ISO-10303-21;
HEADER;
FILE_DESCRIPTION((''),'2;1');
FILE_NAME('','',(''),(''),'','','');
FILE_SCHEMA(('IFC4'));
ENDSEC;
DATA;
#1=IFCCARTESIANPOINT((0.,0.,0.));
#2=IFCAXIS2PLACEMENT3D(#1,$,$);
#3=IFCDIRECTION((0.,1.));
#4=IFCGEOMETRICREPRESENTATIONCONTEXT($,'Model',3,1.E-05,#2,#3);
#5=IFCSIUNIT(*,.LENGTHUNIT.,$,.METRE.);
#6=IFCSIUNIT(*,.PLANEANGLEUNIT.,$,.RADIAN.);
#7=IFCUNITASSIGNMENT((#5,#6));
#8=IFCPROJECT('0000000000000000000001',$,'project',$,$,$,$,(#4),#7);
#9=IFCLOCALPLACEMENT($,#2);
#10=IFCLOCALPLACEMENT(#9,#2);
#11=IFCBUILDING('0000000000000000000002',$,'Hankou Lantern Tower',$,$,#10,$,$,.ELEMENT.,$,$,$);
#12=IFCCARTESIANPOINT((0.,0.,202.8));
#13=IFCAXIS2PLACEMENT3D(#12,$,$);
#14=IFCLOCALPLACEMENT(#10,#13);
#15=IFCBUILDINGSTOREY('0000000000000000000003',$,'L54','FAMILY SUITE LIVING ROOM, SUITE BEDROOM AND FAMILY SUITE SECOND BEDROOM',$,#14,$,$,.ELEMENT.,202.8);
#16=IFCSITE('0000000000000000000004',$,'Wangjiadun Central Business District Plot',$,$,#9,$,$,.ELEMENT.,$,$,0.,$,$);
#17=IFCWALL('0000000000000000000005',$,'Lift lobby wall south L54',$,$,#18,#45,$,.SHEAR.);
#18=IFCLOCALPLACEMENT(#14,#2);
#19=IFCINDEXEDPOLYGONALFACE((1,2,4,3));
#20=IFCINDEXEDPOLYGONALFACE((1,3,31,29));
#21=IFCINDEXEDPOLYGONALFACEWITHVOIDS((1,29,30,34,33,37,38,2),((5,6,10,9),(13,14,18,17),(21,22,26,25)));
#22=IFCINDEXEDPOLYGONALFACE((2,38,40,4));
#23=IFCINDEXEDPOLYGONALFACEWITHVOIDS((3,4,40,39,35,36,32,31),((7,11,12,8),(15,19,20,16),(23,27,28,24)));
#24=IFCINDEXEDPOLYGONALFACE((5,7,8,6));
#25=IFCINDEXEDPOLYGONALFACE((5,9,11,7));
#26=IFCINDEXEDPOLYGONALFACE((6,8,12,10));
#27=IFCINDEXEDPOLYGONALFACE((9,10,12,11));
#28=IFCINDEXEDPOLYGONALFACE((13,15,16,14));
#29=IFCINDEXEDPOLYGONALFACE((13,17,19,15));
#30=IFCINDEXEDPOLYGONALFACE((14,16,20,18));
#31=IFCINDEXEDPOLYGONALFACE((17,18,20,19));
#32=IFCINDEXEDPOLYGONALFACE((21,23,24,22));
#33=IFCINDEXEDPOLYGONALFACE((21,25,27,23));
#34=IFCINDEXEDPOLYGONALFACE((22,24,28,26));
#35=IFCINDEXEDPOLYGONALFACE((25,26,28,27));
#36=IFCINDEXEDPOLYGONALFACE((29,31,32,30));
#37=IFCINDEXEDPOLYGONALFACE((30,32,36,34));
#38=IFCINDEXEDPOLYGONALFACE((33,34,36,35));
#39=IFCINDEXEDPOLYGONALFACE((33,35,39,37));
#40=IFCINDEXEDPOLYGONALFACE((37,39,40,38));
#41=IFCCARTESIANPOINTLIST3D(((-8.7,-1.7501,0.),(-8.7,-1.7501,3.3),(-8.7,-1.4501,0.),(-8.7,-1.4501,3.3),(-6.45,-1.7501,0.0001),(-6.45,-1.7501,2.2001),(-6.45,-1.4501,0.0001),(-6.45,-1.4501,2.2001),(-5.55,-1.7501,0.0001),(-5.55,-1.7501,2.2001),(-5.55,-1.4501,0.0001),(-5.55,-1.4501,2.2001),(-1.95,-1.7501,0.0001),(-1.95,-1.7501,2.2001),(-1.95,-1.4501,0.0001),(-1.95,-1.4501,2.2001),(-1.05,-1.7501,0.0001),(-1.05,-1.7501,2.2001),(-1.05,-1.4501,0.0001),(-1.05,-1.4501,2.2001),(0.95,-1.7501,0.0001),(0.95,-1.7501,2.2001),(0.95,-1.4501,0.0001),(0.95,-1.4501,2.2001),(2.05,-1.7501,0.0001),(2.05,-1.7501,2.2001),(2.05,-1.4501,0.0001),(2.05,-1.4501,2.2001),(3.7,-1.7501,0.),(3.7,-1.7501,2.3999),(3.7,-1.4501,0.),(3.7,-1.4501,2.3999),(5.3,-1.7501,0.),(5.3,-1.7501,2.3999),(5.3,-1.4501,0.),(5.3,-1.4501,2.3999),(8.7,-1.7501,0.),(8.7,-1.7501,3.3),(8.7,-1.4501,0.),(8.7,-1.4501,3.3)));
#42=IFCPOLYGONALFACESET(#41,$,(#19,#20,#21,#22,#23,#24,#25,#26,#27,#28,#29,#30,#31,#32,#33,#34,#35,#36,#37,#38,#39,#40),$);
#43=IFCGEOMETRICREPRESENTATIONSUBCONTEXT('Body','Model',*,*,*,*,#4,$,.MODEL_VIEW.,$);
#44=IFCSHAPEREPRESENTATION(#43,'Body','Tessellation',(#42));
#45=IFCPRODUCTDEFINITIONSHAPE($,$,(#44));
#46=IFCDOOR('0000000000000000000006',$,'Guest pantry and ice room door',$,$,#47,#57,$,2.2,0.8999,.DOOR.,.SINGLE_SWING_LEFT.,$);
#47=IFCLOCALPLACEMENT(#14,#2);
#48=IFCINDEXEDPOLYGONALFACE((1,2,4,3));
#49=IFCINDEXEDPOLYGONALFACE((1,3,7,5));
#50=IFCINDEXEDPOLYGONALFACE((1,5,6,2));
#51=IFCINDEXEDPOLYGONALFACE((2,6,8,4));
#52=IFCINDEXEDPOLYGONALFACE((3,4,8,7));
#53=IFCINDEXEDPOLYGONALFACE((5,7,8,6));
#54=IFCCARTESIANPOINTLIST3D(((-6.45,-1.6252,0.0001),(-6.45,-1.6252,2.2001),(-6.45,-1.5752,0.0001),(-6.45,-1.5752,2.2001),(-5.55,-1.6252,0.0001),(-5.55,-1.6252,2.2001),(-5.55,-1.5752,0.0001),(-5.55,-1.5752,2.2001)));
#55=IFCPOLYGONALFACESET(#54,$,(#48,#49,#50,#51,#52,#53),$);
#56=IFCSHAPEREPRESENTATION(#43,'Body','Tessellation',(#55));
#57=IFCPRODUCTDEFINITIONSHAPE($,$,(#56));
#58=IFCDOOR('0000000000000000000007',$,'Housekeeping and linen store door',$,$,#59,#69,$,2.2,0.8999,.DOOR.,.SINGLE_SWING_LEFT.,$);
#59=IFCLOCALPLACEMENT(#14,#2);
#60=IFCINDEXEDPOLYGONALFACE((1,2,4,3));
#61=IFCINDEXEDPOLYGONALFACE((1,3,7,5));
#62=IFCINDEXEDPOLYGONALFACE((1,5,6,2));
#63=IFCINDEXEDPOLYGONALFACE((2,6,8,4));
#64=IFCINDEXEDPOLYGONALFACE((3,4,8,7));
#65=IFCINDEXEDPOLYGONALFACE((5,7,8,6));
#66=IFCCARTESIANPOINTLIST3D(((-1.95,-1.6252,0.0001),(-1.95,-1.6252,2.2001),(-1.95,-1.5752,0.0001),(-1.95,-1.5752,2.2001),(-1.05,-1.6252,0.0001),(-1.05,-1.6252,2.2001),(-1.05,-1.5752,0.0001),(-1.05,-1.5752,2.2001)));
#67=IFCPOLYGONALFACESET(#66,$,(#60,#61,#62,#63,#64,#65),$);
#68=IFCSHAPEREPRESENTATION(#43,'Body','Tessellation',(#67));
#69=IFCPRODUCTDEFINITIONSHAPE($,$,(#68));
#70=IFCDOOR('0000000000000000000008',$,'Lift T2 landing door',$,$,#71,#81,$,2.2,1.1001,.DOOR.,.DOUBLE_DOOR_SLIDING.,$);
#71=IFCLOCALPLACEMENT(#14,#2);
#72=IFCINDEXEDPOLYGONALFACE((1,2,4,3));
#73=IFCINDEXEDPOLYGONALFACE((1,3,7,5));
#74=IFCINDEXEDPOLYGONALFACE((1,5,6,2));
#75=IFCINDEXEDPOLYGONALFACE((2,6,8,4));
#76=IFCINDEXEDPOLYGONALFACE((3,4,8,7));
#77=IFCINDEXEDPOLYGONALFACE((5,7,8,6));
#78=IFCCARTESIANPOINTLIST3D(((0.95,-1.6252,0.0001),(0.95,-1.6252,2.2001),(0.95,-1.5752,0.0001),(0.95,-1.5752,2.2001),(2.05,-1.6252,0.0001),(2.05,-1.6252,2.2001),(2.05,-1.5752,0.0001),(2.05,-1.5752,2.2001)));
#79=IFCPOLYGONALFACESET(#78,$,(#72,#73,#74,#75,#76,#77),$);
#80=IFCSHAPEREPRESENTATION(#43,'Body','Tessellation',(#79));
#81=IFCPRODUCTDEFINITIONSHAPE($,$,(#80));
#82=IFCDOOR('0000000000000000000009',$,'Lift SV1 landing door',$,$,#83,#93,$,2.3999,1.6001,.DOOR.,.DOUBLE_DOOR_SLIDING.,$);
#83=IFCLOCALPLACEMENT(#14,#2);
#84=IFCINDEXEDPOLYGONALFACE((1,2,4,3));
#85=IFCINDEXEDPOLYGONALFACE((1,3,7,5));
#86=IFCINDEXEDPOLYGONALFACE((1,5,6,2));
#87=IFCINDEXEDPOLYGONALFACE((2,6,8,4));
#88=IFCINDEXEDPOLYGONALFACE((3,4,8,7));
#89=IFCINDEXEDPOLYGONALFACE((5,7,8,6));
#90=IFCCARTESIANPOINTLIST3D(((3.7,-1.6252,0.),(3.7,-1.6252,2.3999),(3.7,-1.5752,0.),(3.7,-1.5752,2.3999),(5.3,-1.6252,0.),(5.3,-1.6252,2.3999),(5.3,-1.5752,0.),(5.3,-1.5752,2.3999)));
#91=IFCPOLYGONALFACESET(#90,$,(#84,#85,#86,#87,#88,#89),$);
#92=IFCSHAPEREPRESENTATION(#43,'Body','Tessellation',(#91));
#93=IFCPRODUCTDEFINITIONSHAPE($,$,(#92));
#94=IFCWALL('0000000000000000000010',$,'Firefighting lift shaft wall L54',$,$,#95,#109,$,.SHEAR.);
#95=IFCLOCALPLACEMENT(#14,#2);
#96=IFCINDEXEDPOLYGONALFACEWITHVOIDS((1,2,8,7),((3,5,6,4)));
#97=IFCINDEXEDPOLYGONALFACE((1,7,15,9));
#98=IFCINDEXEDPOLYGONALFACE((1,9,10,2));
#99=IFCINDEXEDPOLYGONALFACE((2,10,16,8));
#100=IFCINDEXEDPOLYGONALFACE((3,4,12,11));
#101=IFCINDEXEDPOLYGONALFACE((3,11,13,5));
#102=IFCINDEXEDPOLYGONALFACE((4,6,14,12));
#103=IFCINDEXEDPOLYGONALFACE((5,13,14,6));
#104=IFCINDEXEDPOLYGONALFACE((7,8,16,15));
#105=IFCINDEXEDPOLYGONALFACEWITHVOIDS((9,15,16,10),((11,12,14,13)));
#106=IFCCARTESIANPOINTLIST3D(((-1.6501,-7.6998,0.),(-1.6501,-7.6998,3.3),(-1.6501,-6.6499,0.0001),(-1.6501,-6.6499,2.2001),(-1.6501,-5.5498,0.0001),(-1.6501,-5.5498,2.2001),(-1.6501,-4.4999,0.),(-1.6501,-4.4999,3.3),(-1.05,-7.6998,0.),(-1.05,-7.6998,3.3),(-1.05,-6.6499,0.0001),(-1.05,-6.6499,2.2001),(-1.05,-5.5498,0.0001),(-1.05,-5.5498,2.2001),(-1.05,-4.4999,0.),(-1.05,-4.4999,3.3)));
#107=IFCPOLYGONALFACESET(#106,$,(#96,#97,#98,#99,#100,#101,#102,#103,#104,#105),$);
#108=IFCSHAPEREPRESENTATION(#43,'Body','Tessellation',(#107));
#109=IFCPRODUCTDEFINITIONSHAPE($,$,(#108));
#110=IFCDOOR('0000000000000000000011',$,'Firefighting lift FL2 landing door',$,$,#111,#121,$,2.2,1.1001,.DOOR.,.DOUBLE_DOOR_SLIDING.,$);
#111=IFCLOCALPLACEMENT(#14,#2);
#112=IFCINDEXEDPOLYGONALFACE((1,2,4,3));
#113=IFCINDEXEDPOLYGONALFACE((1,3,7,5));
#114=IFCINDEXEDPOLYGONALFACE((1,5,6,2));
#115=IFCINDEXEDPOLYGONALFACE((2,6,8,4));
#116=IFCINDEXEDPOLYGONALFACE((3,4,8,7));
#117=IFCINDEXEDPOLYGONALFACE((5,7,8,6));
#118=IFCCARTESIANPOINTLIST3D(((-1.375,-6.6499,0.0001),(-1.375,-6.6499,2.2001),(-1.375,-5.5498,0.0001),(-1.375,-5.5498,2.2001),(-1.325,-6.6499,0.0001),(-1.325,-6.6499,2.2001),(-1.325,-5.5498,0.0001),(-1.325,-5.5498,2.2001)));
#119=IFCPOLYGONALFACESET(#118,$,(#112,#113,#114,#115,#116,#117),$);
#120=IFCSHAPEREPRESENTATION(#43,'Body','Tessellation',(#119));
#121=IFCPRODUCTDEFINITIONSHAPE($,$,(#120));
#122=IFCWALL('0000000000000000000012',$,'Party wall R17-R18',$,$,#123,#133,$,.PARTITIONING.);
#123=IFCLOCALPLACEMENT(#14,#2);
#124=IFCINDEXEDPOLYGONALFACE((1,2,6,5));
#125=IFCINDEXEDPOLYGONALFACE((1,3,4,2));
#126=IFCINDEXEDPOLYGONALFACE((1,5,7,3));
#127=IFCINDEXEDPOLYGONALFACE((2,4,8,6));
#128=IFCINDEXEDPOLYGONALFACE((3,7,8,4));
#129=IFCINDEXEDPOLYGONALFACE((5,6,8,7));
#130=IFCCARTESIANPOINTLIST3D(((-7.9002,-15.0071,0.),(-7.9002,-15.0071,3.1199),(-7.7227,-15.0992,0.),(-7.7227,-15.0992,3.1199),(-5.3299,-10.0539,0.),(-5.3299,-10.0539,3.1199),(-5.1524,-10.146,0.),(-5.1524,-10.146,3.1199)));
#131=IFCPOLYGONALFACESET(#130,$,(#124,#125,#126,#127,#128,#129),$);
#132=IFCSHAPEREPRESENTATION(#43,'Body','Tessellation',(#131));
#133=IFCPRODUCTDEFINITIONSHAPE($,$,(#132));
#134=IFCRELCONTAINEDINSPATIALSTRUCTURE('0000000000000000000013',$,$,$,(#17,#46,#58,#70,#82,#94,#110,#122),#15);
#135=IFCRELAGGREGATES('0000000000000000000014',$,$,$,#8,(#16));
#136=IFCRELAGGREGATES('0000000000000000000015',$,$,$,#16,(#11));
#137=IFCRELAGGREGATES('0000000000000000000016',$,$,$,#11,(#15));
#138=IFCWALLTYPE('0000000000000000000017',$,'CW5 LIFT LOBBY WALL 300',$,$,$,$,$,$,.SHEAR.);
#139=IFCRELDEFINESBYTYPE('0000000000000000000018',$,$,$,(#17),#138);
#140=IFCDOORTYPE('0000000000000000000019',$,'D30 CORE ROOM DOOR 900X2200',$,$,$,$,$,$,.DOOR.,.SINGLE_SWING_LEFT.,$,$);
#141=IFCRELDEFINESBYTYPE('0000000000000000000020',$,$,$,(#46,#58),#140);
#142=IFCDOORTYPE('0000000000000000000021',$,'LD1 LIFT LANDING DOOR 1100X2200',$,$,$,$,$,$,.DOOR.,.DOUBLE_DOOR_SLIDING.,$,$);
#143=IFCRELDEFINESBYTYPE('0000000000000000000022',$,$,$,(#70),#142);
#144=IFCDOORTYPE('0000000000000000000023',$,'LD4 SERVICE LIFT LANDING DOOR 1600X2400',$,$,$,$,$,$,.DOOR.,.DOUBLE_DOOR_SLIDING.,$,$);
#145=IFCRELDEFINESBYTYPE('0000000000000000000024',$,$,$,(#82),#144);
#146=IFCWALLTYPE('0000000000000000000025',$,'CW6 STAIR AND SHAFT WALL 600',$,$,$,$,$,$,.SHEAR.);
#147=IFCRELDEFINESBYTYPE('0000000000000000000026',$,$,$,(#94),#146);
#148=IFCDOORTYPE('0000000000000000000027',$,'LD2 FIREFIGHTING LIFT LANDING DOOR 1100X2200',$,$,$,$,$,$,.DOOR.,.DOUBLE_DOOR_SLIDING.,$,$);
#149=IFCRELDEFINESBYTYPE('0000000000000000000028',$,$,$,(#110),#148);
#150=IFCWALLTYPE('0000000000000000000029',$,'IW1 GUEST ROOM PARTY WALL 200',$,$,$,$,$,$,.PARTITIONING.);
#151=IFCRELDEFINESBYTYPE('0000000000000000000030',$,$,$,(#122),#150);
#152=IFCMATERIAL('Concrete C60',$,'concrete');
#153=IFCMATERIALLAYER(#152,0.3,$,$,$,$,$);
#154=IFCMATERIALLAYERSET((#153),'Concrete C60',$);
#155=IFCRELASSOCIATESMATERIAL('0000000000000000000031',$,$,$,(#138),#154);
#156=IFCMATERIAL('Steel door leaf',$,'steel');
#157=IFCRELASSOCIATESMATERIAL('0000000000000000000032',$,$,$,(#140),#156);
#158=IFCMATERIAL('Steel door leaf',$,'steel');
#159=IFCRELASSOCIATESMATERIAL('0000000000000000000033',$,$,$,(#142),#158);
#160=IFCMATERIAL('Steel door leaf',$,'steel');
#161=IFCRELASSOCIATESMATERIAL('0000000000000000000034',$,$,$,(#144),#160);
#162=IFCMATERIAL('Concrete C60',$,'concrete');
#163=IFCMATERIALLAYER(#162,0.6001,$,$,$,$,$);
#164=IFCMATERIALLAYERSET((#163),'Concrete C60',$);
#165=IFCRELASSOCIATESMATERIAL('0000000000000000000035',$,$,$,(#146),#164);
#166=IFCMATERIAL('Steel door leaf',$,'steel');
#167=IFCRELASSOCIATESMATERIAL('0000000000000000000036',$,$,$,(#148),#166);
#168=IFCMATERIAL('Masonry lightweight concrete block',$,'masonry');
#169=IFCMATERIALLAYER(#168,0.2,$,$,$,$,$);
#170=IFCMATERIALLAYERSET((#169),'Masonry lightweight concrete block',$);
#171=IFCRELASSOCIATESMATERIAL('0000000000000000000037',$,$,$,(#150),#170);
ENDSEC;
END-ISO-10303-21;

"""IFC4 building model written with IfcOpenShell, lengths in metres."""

from ifc_helpers import new_model, si_unit, direction, frame, frame_2d, origin, place, context, subcontext, project, spatial, rectangle, extrude, material, layer, layer_set, type_object, element, fill, save


model = new_model("IFC4")

# Units and contexts
model_context = context("Model", 3, precision=1e-05, world=origin(), true_north=direction((0.0, 1.0)))
body_context = subcontext(model_context, "Body", "Model", "MODEL_VIEW")
ifc_project = project(units=[si_unit("LENGTHUNIT", "METRE"), si_unit("PLANEANGLEUNIT", "RADIAN")], contexts=[model_context])

# Site, building, storey
site_placement = place(None, origin())
site = spatial("IfcSite", under=ifc_project, at=site_placement, Name="Wangjiadun Central Business District Plot", CompositionType="ELEMENT", RefElevation=0.0)
building_placement = place(site_placement, origin())
building = spatial("IfcBuilding", under=site, at=building_placement, Name="Hankou Lantern Tower", CompositionType="ELEMENT")
storey_placement = place(building_placement, frame((0.0, 0.0, 202.8)))
storey = spatial("IfcBuildingStorey", under=building, at=storey_placement, Name="L54", Description="FAMILY SUITE LIVING ROOM, SUITE BEDROOM AND FAMILY SUITE SECOND BEDROOM", CompositionType="ELEMENT", Elevation=202.8)

# Wall, openings, doors
ifc_material_1 = material(Name="Concrete C60", Category="concrete")
ifc_layer_1 = layer(ifc_material_1, 0.3)
ifc_layer_set_1 = layer_set([ifc_layer_1], Name="Concrete C60")
wall_type_1 = type_object("IfcWallType", Name="CW5 LIFT LOBBY WALL 300", PredefinedType="SHEAR", material=ifc_layer_set_1)
wall_1_placement = place(storey_placement, frame((-8.7, -1.6001, 0.0), z_axis=(0.0, 0.0, 1.0), x_axis=(1.0, 0.0, 0.0)))
wall_1 = element("IfcWall", 1, at=wall_1_placement, inside=storey, type_object=wall_type_1, Name="Lift lobby wall south L54", PredefinedType="SHEAR", context=body_context, shape_type="SweptSolid", body=[
    extrude(rectangle(XDim=17.3999, YDim=0.3, at=frame_2d((8.7, 0.0))), origin(), (0.0, 0.0, 1.0), 3.3),
])
opening_1_placement = place(wall_1_placement, frame((9.6499, 0.0, 0.0)))
opening_1 = element("IfcOpeningElement", 2, at=opening_1_placement, cuts=wall_1, PredefinedType="OPENING", context=body_context, shape_type="SweptSolid", body=[
    extrude(rectangle(XDim=1.1001, YDim=2.2, at=frame_2d((0.55, 1.1001))), frame((0.0, 0.1599, 0.0), z_axis=(0.0, -1.0, 0.0), x_axis=(1.0, 0.0, 0.0)), (0.0, 0.0, 1.0), 0.3201),
])
opening_2_placement = place(wall_1_placement, frame((12.3999, 0.0, 0.0)))
opening_2 = element("IfcOpeningElement", 3, at=opening_2_placement, cuts=wall_1, PredefinedType="OPENING", context=body_context, shape_type="SweptSolid", body=[
    extrude(rectangle(XDim=1.6001, YDim=2.3999, at=frame_2d((0.8, 1.2))), frame((0.0, 0.1599, 0.0), z_axis=(0.0, -1.0, 0.0), x_axis=(1.0, 0.0, 0.0)), (0.0, 0.0, 1.0), 0.3201),
])
opening_3_placement = place(wall_1_placement, frame((2.25, 0.0, 0.0)))
opening_3 = element("IfcOpeningElement", 4, at=opening_3_placement, cuts=wall_1, PredefinedType="OPENING", context=body_context, shape_type="SweptSolid", body=[
    extrude(rectangle(XDim=0.8999, YDim=2.2, at=frame_2d((0.45, 1.1001))), frame((0.0, 0.1599, 0.0), z_axis=(0.0, -1.0, 0.0), x_axis=(1.0, 0.0, 0.0)), (0.0, 0.0, 1.0), 0.3201),
])
opening_4_placement = place(wall_1_placement, frame((6.75, 0.0, 0.0)))
opening_4 = element("IfcOpeningElement", 5, at=opening_4_placement, cuts=wall_1, PredefinedType="OPENING", context=body_context, shape_type="SweptSolid", body=[
    extrude(rectangle(XDim=0.8999, YDim=2.2, at=frame_2d((0.45, 1.1001))), frame((0.0, 0.1599, 0.0), z_axis=(0.0, -1.0, 0.0), x_axis=(1.0, 0.0, 0.0)), (0.0, 0.0, 1.0), 0.3201),
])
ifc_material_2 = material(Name="Steel door leaf", Category="steel")
door_type_1 = type_object("IfcDoorType", Name="D30 CORE ROOM DOOR 900X2200", OperationType="SINGLE_SWING_LEFT", PredefinedType="DOOR", material=ifc_material_2)
door_1_placement = place(opening_3_placement, origin())
door_1 = element("IfcDoor", 6, at=door_1_placement, inside=storey, type_object=door_type_1, Name="Guest pantry and ice room door", OperationType="SINGLE_SWING_LEFT", OverallHeight=2.2, OverallWidth=0.8999, PredefinedType="DOOR", context=body_context, shape_type="SweptSolid", body=[
    extrude(rectangle(XDim=0.8999, YDim=2.2, at=frame_2d((0.45, 1.1001))), frame((0.0, 0.0249, 0.0), z_axis=(0.0, -1.0, 0.0), x_axis=(1.0, 0.0, 0.0)), (0.0, 0.0, 1.0), 0.05),
])
fill(opening_3, door_1)
door_2_placement = place(opening_4_placement, origin())
door_2 = element("IfcDoor", 7, at=door_2_placement, inside=storey, type_object=door_type_1, Name="Housekeeping and linen store door", OperationType="SINGLE_SWING_LEFT", OverallHeight=2.2, OverallWidth=0.8999, PredefinedType="DOOR", context=body_context, shape_type="SweptSolid", body=[
    extrude(rectangle(XDim=0.8999, YDim=2.2, at=frame_2d((0.45, 1.1001))), frame((0.0, 0.0249, 0.0), z_axis=(0.0, -1.0, 0.0), x_axis=(1.0, 0.0, 0.0)), (0.0, 0.0, 1.0), 0.05),
])
fill(opening_4, door_2)
ifc_material_3 = material(Name="Steel door leaf", Category="steel")
door_type_2 = type_object("IfcDoorType", Name="LD1 LIFT LANDING DOOR 1100X2200", OperationType="DOUBLE_DOOR_SLIDING", PredefinedType="DOOR", material=ifc_material_3)
door_3_placement = place(opening_1_placement, origin())
door_3 = element("IfcDoor", 8, at=door_3_placement, inside=storey, type_object=door_type_2, Name="Lift T2 landing door", OperationType="DOUBLE_DOOR_SLIDING", OverallHeight=2.2, OverallWidth=1.1001, PredefinedType="DOOR", context=body_context, shape_type="SweptSolid", body=[
    extrude(rectangle(XDim=1.1001, YDim=2.2, at=frame_2d((0.55, 1.1001))), frame((0.0, 0.0249, 0.0), z_axis=(0.0, -1.0, 0.0), x_axis=(1.0, 0.0, 0.0)), (0.0, 0.0, 1.0), 0.05),
])
fill(opening_1, door_3)
ifc_material_4 = material(Name="Steel door leaf", Category="steel")
door_type_3 = type_object("IfcDoorType", Name="LD4 SERVICE LIFT LANDING DOOR 1600X2400", OperationType="DOUBLE_DOOR_SLIDING", PredefinedType="DOOR", material=ifc_material_4)
door_4_placement = place(opening_2_placement, origin())
door_4 = element("IfcDoor", 9, at=door_4_placement, inside=storey, type_object=door_type_3, Name="Lift SV1 landing door", OperationType="DOUBLE_DOOR_SLIDING", OverallHeight=2.3999, OverallWidth=1.6001, PredefinedType="DOOR", context=body_context, shape_type="SweptSolid", body=[
    extrude(rectangle(XDim=1.6001, YDim=2.3999, at=frame_2d((0.8, 1.2))), frame((0.0, 0.0249, 0.0), z_axis=(0.0, -1.0, 0.0), x_axis=(1.0, 0.0, 0.0)), (0.0, 0.0, 1.0), 0.05),
])
fill(opening_2, door_4)

# Wall, opening, door
ifc_material_5 = material(Name="Concrete C60", Category="concrete")
ifc_layer_2 = layer(ifc_material_5, 0.6001)
ifc_layer_set_2 = layer_set([ifc_layer_2], Name="Concrete C60")
wall_type_2 = type_object("IfcWallType", Name="CW6 STAIR AND SHAFT WALL 600", PredefinedType="SHEAR", material=ifc_layer_set_2)
wall_2_placement = place(storey_placement, frame((-1.3501, -7.7, 0.0), z_axis=(0.0, 0.0, 1.0), x_axis=(0.0, 1.0, 0.0)))
wall_2 = element("IfcWall", 10, at=wall_2_placement, inside=storey, type_object=wall_type_2, Name="Firefighting lift shaft wall L54", PredefinedType="SHEAR", context=body_context, shape_type="SweptSolid", body=[
    extrude(rectangle(XDim=3.2, YDim=0.6001, at=frame_2d((1.6001, 0.0))), origin(), (0.0, 0.0, 1.0), 3.3),
])
opening_5_placement = place(wall_2_placement, frame((1.05, 0.0, 0.0)))
opening_5 = element("IfcOpeningElement", 11, at=opening_5_placement, cuts=wall_2, PredefinedType="OPENING", context=body_context, shape_type="SweptSolid", body=[
    extrude(rectangle(XDim=1.1001, YDim=2.2, at=frame_2d((0.55, 1.1001))), frame((0.0, 0.3101, 0.0), z_axis=(0.0, -1.0, 0.0), x_axis=(1.0, 0.0, 0.0)), (0.0, 0.0, 1.0), 0.6201),
])
ifc_material_6 = material(Name="Steel door leaf", Category="steel")
door_type_4 = type_object("IfcDoorType", Name="LD2 FIREFIGHTING LIFT LANDING DOOR 1100X2200", OperationType="DOUBLE_DOOR_SLIDING", PredefinedType="DOOR", material=ifc_material_6)
door_5_placement = place(opening_5_placement, origin())
door_5 = element("IfcDoor", 12, at=door_5_placement, inside=storey, type_object=door_type_4, Name="Firefighting lift FL2 landing door", OperationType="DOUBLE_DOOR_SLIDING", OverallHeight=2.2, OverallWidth=1.1001, PredefinedType="DOOR", context=body_context, shape_type="SweptSolid", body=[
    extrude(rectangle(XDim=1.1001, YDim=2.2, at=frame_2d((0.55, 1.1001))), frame((0.0, 0.0249, 0.0), z_axis=(0.0, -1.0, 0.0), x_axis=(1.0, 0.0, 0.0)), (0.0, 0.0, 1.0), 0.05),
])
fill(opening_5, door_5)

# Wall
ifc_material_7 = material(Name="Masonry lightweight concrete block", Category="masonry")
ifc_layer_3 = layer(ifc_material_7, 0.2)
ifc_layer_set_3 = layer_set([ifc_layer_3], Name="Masonry lightweight concrete block")
wall_type_3 = type_object("IfcWallType", Name="IW1 GUEST ROOM PARTY WALL 200", PredefinedType="PARTITIONING", material=ifc_layer_set_3)
wall_3_placement = place(storey_placement, frame((-5.2412, -10.1001, 0.0), z_axis=(0.0, 0.0, 1.0), x_axis=(-0.460603, -0.887606, 0.0)))
element("IfcWall", 13, at=wall_3_placement, inside=storey, type_object=wall_type_3, Name="Party wall R17-R18", PredefinedType="PARTITIONING", context=body_context, shape_type="SweptSolid", body=[
    extrude(rectangle(XDim=5.5803, YDim=0.2, at=frame_2d((2.79, 0.0))), origin(), (0.0, 0.0, 1.0), 3.1199),
])

save(model, "model.ifc")
